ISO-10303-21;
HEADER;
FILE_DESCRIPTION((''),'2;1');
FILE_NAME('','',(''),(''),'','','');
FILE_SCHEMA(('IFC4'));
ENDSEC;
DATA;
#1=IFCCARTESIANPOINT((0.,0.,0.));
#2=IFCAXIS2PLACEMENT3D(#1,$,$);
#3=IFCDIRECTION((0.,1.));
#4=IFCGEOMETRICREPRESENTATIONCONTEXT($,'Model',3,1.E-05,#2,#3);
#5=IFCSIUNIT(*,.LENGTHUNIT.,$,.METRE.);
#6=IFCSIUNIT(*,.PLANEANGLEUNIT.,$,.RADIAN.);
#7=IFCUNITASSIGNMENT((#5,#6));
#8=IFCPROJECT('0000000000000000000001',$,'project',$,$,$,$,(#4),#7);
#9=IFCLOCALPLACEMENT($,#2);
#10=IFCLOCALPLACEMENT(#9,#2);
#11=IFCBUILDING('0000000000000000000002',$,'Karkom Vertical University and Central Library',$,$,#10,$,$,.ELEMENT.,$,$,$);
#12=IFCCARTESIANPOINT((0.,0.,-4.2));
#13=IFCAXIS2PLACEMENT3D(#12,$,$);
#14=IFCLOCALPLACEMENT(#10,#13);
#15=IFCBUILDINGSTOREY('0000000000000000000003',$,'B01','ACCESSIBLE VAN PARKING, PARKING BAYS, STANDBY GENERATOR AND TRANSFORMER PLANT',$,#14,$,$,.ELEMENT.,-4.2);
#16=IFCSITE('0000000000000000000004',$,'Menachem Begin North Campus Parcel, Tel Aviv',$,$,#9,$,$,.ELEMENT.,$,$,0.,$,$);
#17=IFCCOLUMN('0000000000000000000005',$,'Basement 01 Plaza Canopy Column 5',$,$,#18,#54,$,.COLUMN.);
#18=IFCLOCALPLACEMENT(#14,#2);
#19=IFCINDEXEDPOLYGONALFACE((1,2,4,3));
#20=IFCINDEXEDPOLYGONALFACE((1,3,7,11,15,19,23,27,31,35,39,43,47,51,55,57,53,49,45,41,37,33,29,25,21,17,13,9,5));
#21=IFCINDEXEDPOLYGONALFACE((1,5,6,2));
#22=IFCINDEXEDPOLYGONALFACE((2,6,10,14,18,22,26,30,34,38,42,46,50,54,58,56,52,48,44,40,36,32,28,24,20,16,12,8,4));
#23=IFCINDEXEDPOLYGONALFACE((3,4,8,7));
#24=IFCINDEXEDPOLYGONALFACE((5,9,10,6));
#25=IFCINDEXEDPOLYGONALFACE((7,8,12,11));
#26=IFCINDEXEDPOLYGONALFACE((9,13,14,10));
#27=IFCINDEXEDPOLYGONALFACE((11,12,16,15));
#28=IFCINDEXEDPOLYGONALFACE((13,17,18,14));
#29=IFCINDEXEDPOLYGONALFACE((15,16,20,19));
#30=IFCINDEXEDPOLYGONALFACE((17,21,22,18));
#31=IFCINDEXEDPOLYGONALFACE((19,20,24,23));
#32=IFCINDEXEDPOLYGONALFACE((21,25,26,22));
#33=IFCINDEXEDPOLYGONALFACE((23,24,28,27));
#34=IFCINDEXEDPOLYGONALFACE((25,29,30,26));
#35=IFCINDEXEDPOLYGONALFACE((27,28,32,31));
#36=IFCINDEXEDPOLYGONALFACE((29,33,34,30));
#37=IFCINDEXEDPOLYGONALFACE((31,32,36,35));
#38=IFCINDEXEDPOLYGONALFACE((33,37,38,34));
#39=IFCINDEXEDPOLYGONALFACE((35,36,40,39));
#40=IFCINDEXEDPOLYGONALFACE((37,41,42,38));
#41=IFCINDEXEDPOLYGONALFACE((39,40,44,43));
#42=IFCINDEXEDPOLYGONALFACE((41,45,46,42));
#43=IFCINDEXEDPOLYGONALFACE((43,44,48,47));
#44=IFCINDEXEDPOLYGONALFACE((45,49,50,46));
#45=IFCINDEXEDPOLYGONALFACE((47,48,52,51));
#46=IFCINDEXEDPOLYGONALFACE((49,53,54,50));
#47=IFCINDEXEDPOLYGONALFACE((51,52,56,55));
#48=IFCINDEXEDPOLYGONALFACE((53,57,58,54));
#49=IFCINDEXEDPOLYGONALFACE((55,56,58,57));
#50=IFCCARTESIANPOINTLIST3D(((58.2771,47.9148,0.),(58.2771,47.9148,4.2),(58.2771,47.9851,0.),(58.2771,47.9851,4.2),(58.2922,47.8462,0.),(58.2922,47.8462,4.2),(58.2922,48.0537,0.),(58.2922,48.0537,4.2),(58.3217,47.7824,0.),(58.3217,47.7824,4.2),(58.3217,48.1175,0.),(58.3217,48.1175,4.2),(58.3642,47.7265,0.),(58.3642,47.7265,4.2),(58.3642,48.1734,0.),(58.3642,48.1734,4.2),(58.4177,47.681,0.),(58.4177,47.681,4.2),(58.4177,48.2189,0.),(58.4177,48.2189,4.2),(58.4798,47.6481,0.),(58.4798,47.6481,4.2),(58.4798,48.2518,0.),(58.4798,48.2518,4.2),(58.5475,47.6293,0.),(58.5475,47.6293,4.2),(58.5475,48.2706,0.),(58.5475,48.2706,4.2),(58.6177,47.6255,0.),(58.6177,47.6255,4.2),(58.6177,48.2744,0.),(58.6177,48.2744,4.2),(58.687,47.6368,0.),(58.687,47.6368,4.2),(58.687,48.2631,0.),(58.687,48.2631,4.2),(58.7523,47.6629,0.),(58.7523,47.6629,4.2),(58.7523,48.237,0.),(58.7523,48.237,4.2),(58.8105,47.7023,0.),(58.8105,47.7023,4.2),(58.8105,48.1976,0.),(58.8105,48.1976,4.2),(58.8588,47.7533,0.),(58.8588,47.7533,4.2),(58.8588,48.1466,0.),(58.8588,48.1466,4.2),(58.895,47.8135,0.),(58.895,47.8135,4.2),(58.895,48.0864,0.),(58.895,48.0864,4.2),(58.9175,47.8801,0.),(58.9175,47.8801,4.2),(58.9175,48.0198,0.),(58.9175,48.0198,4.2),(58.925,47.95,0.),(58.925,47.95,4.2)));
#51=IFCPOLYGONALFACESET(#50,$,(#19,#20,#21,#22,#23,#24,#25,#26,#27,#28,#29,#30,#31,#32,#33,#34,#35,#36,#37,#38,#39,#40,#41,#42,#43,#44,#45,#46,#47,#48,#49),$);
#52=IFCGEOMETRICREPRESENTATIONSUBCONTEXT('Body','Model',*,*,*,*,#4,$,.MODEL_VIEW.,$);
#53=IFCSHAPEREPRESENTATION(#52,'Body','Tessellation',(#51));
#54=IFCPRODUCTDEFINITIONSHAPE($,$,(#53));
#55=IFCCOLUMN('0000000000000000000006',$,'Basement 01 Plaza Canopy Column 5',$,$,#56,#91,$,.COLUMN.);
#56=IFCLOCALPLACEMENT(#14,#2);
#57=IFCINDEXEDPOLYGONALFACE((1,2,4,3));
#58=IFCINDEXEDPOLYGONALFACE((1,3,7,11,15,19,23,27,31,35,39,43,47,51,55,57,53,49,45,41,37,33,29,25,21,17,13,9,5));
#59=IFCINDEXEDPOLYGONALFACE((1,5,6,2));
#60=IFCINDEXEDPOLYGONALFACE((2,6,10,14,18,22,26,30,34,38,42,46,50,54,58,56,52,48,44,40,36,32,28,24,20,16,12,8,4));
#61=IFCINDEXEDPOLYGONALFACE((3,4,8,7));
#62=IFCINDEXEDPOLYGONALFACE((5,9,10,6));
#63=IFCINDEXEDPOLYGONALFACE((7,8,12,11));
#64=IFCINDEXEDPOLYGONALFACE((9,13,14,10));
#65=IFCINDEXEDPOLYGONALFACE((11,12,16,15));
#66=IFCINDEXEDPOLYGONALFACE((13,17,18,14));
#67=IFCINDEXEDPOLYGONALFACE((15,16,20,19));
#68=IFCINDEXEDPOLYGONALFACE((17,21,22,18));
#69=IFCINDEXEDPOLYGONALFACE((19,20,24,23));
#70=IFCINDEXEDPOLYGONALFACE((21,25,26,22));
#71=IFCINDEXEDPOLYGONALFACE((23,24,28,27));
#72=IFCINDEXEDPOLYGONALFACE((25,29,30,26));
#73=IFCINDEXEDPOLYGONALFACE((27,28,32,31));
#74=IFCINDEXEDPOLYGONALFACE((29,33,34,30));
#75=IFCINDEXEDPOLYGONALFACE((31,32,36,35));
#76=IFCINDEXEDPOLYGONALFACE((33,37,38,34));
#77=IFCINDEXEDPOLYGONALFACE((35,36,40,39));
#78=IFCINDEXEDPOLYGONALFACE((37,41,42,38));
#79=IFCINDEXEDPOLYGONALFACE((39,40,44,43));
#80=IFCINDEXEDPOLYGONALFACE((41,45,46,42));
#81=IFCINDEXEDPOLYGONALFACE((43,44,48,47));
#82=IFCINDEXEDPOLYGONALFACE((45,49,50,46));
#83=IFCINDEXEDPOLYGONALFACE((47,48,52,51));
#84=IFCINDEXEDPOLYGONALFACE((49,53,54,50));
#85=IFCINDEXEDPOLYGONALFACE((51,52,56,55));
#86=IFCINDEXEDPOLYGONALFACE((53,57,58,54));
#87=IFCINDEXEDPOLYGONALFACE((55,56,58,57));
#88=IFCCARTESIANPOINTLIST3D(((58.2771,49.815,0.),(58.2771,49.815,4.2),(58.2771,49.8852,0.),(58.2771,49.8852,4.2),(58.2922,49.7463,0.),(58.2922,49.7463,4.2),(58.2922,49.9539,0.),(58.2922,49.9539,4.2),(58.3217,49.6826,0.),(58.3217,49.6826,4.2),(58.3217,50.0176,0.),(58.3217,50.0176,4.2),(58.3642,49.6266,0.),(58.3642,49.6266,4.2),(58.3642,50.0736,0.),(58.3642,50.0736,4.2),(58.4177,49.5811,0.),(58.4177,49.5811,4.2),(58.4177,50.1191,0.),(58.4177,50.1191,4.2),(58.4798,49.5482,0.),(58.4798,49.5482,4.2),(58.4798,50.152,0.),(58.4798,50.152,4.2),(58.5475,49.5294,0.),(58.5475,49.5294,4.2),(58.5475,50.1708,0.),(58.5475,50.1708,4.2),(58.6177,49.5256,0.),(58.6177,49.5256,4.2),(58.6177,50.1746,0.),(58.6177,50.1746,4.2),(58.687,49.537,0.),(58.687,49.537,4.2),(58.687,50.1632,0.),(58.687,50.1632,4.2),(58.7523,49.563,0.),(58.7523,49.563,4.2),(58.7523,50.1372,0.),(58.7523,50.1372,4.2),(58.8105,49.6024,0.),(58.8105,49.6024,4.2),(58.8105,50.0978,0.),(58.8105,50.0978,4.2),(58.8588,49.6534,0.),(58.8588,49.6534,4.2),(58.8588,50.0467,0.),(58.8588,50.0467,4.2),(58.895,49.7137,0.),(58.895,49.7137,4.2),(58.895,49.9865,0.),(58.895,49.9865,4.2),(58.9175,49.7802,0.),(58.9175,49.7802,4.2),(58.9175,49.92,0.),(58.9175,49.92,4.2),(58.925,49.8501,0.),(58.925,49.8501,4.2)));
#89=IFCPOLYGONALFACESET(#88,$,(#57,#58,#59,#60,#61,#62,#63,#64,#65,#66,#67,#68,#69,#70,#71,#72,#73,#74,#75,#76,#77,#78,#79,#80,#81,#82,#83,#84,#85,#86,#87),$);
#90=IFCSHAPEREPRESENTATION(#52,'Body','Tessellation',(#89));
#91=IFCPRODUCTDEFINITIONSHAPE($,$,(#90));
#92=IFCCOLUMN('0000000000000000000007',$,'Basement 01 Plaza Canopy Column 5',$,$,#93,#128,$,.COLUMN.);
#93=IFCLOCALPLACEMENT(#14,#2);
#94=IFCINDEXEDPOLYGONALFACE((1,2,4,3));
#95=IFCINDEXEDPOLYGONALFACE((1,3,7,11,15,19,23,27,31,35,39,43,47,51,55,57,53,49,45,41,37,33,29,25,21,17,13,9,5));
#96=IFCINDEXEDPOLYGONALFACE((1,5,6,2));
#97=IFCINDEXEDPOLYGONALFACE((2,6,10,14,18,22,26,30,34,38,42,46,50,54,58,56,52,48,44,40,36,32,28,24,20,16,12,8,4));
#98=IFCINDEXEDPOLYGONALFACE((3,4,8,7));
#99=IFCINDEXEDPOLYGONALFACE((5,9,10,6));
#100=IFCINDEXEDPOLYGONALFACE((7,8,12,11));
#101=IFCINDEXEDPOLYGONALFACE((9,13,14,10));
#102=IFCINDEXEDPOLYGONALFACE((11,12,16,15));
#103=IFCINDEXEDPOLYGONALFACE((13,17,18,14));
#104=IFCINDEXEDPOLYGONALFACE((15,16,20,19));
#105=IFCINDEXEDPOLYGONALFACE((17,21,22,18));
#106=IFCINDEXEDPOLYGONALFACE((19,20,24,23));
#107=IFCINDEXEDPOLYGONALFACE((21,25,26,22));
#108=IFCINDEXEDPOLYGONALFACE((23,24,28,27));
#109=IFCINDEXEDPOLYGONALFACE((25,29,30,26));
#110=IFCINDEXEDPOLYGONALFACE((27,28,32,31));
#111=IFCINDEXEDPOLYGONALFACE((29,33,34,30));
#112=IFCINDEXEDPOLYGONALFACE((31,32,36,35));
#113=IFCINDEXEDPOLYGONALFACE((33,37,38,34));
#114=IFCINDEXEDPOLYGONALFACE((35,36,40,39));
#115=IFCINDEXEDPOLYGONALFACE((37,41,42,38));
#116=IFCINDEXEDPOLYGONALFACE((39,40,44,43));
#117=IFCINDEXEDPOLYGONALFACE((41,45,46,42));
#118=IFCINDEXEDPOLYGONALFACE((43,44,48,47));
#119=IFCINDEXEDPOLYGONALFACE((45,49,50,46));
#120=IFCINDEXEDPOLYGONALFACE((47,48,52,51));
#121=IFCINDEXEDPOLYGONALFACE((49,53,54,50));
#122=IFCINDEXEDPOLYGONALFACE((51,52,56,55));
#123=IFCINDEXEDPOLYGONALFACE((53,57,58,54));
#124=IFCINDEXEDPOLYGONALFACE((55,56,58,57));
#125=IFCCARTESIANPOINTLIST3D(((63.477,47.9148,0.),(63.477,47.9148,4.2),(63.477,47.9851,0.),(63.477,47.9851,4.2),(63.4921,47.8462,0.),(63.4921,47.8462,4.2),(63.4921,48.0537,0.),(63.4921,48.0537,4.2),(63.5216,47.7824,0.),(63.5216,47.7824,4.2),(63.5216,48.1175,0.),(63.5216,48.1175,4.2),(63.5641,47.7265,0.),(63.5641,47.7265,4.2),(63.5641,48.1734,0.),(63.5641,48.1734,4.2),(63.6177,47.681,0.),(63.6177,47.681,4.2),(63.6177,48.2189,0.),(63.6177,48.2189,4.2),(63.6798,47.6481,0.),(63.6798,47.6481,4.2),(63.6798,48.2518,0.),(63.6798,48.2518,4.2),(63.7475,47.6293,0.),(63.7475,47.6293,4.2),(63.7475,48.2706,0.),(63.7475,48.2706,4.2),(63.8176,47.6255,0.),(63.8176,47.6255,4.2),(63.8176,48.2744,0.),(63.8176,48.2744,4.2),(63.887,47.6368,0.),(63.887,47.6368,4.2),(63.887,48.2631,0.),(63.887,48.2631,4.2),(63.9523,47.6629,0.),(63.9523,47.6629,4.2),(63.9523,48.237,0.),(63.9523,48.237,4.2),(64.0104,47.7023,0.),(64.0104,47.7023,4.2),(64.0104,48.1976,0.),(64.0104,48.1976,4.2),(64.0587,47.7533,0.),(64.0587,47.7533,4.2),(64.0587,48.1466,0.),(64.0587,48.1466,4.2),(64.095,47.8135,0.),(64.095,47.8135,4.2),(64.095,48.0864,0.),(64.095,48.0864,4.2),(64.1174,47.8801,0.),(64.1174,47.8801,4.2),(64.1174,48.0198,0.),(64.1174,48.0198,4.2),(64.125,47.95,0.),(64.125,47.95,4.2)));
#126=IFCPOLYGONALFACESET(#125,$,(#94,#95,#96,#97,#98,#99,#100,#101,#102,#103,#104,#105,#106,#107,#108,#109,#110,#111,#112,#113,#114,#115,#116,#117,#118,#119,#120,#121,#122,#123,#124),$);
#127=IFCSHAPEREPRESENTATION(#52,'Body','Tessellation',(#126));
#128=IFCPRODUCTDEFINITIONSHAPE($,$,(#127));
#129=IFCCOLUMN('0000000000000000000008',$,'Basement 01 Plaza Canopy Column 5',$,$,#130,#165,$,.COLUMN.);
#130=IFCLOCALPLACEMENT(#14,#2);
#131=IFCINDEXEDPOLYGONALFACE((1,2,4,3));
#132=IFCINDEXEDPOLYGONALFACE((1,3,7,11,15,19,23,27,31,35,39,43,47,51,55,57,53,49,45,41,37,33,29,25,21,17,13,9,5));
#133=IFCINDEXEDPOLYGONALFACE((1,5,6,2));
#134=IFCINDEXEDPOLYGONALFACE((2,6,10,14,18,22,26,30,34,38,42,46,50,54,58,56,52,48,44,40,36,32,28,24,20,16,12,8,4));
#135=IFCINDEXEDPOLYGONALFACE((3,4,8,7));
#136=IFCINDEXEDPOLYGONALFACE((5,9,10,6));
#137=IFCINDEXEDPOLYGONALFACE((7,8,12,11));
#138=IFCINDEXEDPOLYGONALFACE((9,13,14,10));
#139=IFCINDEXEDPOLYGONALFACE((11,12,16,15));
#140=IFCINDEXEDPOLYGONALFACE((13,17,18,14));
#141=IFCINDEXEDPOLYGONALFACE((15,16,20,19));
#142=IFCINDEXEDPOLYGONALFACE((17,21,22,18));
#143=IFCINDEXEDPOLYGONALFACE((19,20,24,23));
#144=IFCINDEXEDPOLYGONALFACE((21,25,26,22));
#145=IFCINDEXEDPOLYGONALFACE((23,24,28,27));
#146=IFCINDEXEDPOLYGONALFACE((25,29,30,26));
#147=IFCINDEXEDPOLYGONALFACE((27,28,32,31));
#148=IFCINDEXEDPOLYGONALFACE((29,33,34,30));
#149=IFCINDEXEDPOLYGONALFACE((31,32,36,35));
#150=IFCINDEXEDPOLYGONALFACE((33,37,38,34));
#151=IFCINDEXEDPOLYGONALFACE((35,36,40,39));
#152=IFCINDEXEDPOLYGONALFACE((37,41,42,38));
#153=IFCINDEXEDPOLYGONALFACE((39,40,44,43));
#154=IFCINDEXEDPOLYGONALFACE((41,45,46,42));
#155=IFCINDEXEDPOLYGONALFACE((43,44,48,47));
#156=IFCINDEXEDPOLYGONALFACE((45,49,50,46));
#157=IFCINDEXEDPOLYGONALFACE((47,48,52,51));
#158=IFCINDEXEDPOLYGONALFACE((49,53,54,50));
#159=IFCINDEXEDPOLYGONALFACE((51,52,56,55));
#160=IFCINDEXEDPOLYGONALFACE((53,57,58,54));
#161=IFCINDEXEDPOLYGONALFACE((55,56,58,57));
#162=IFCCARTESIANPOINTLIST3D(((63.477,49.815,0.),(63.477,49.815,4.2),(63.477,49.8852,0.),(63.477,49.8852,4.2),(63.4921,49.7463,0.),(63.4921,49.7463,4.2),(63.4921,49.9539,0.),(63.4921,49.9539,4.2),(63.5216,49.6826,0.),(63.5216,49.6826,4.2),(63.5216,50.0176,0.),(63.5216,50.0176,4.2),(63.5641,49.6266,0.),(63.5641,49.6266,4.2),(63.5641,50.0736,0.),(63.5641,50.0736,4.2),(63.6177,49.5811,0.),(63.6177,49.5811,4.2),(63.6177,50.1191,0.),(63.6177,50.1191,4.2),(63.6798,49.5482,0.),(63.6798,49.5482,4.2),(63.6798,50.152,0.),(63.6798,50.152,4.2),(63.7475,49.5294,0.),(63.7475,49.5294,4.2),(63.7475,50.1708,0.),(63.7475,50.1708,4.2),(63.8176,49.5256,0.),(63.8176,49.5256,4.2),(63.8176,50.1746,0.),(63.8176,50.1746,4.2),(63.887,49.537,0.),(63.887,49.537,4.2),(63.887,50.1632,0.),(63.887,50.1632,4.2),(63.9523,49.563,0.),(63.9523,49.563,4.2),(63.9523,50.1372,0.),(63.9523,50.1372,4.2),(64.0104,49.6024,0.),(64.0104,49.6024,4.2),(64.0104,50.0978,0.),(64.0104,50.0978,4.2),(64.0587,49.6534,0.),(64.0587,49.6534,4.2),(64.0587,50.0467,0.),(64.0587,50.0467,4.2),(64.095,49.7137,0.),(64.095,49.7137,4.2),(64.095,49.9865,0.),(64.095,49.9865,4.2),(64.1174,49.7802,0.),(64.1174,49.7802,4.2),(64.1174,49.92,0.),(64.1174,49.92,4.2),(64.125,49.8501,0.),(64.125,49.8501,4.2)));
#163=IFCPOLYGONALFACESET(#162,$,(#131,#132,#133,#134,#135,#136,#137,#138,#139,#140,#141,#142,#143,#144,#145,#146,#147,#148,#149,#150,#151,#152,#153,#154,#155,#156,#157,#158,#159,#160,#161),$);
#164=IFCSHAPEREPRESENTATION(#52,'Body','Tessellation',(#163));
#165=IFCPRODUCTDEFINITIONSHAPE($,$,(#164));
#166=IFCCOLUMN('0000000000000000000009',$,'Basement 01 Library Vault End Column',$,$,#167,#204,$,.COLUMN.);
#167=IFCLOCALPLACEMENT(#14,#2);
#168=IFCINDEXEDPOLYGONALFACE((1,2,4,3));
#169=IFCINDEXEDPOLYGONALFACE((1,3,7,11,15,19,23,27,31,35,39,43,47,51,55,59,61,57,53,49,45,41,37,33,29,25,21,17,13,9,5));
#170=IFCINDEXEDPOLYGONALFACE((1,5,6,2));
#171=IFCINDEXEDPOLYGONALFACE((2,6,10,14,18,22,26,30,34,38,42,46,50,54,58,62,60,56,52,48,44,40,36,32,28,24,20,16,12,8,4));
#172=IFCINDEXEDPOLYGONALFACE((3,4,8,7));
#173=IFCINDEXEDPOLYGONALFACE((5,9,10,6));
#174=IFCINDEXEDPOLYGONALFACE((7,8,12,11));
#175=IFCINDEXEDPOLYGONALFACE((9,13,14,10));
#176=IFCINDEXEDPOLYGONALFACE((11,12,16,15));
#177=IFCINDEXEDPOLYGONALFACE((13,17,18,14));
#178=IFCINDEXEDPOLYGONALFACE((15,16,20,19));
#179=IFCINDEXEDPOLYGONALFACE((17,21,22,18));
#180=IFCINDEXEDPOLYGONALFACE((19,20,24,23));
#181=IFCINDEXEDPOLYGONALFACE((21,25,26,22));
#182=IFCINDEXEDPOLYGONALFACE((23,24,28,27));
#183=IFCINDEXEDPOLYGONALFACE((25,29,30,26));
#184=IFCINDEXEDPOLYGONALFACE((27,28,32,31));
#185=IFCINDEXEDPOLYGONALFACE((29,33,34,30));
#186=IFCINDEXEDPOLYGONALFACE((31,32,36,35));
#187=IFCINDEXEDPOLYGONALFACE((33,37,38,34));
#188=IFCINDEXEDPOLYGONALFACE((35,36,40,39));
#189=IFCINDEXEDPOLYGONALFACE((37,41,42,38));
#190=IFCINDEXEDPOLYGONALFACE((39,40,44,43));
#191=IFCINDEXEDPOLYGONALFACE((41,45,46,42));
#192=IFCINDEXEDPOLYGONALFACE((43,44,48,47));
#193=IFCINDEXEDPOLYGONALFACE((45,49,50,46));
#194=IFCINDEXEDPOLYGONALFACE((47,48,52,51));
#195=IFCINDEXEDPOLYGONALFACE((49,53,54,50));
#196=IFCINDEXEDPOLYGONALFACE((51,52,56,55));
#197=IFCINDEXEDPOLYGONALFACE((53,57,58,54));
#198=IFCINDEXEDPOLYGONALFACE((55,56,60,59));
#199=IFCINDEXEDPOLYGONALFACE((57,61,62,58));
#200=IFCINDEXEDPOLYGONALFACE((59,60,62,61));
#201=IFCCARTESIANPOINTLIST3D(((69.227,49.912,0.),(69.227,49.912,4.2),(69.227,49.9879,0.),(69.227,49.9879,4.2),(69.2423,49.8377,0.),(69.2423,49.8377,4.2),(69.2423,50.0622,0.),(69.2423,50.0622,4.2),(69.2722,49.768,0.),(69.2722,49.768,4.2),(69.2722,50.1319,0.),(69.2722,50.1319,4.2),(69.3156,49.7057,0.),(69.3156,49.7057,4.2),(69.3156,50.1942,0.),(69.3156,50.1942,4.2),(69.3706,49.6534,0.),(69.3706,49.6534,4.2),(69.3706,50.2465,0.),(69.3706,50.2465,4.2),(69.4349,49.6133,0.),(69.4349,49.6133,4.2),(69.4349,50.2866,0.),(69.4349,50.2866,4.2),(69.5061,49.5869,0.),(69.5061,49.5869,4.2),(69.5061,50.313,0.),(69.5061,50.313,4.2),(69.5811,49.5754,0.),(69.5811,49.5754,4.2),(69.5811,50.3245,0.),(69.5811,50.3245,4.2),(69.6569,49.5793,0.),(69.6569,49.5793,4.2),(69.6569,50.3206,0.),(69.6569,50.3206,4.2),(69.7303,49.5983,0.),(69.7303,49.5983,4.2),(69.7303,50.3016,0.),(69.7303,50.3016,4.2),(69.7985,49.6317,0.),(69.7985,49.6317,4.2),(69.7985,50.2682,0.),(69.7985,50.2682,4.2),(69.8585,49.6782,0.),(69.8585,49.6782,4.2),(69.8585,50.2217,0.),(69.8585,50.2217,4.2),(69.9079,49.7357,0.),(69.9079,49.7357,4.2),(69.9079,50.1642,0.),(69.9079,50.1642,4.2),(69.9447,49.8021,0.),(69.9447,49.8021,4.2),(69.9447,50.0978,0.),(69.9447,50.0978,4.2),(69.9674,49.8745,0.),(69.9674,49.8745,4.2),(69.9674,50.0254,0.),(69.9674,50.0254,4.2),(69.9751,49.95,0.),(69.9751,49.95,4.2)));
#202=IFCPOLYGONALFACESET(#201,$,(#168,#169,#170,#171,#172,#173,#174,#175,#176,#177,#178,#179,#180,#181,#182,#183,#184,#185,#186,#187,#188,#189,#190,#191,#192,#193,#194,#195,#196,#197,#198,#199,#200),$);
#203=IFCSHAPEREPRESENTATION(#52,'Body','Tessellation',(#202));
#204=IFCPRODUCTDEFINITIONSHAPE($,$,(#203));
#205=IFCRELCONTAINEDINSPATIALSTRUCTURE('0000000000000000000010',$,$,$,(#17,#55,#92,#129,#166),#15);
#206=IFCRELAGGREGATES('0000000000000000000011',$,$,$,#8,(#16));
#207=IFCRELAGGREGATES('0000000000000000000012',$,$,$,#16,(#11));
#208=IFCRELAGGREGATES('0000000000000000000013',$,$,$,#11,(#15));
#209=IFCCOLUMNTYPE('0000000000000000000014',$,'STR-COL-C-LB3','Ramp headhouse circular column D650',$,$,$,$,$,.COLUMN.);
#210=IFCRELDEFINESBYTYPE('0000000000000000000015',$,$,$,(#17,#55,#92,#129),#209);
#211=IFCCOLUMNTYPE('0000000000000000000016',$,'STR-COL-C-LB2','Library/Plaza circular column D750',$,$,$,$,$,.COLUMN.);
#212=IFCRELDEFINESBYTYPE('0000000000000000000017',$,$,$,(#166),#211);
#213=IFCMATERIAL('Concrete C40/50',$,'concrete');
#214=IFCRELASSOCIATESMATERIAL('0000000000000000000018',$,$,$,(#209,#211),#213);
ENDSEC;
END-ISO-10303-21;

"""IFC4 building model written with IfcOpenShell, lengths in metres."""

from ifc_helpers import new_model, si_unit, direction, frame, origin, origin_with_axes, origin_2d, place, context, subcontext, project, spatial, circle, extrude, source, transform, mapped, material, material_profile, profile_set, type_object, element, save


model = new_model("IFC4")

# Units and contexts
model_context = context("Model", 3, precision=1e-05, world=origin(), true_north=direction((0.0, 1.0)))
body_context = subcontext(model_context, "Body", "Model", "MODEL_VIEW")
ifc_project = project(units=[si_unit("LENGTHUNIT", "METRE"), si_unit("PLANEANGLEUNIT", "RADIAN")], contexts=[model_context])

# Site, building, storey
site_placement = place(None, origin())
site = spatial("IfcSite", under=ifc_project, at=site_placement, Name="Menachem Begin North Campus Parcel, Tel Aviv", CompositionType="ELEMENT", RefElevation=0.0)
building_placement = place(site_placement, origin())
building = spatial("IfcBuilding", under=site, at=building_placement, Name="Karkom Vertical University and Central Library", CompositionType="ELEMENT")
storey_placement = place(building_placement, frame((0.0, 0.0, -4.2)))
storey = spatial("IfcBuildingStorey", under=building, at=storey_placement, Name="B01", Description="ACCESSIBLE VAN PARKING, PARKING BAYS, STANDBY GENERATOR AND TRANSFORMER PLANT", CompositionType="ELEMENT", Elevation=-4.2)

# Columns
ifc_material_1 = material(Name="Concrete C40/50", Category="concrete")
ifc_material_profile_1 = material_profile(ifc_material_1, circle(Radius=0.325, at=origin_2d()), Name="RC-D650")
ifc_profile_set_1 = profile_set([ifc_material_profile_1], Name="Concrete C40/50")
column_type_1 = type_object("IfcColumnType", Name="STR-COL-C-LB3", Description="Ramp headhouse circular column D650", PredefinedType="COLUMN", material=ifc_profile_set_1)
shared_shape_1 = source(origin_with_axes(), body_context, "Body", "SweptSolid", [
    extrude(circle(Radius=0.325, at=origin_2d()), origin(), (0.0, 0.0, 1.0), 4.2),
])
for number, where, z_axis, x_axis, name in (
    (1, (58.6001, 47.95, 0.0), (0.0, 0.0, 1.0), (1.0, 0.0, 0.0), "Basement 01 Plaza Canopy Column 5"),
    (2, (58.6001, 49.8501, 0.0), (0.0, 0.0, 1.0), (1.0, 0.0, 0.0), "Basement 01 Plaza Canopy Column 5"),
    (3, (63.8, 47.95, 0.0), (0.0, 0.0, 1.0), (1.0, 0.0, 0.0), "Basement 01 Plaza Canopy Column 5"),
    (4, (63.8, 49.8501, 0.0), (0.0, 0.0, 1.0), (1.0, 0.0, 0.0), "Basement 01 Plaza Canopy Column 5"),
):
    element("IfcColumn", number, at=place(storey_placement, frame(where, z_axis=z_axis, x_axis=x_axis)), inside=storey, type_object=column_type_1, Name=name, PredefinedType="COLUMN", context=body_context, shape_type="MappedRepresentation", body=[
        mapped(shared_shape_1, transform((0.0, 0.0, 0.0), scale=1.0)),
    ])
ifc_material_profile_2 = material_profile(ifc_material_1, circle(Radius=0.375, at=origin_2d()), Name="RC-D750")
ifc_profile_set_2 = profile_set([ifc_material_profile_2], Name="Concrete C40/50")
column_type_2 = type_object("IfcColumnType", Name="STR-COL-C-LB2", Description="Library/Plaza circular column D750", PredefinedType="COLUMN", material=ifc_profile_set_2)
shared_shape_2 = source(origin_with_axes(), body_context, "Body", "SweptSolid", [
    extrude(circle(Radius=0.375, at=origin_2d()), origin(), (0.0, 0.0, 1.0), 4.2),
])
for number, where, z_axis, x_axis, name in (
    (5, (69.6001, 49.95, 0.0), (0.0, 0.0, 1.0), (1.0, 0.0, 0.0), "Basement 01 Library Vault End Column"),
):
    element("IfcColumn", number, at=place(storey_placement, frame(where, z_axis=z_axis, x_axis=x_axis)), inside=storey, type_object=column_type_2, Name=name, PredefinedType="COLUMN", context=body_context, shape_type="MappedRepresentation", body=[
        mapped(shared_shape_2, transform((0.0, 0.0, 0.0), scale=1.0)),
    ])

save(model, "model.ifc")
